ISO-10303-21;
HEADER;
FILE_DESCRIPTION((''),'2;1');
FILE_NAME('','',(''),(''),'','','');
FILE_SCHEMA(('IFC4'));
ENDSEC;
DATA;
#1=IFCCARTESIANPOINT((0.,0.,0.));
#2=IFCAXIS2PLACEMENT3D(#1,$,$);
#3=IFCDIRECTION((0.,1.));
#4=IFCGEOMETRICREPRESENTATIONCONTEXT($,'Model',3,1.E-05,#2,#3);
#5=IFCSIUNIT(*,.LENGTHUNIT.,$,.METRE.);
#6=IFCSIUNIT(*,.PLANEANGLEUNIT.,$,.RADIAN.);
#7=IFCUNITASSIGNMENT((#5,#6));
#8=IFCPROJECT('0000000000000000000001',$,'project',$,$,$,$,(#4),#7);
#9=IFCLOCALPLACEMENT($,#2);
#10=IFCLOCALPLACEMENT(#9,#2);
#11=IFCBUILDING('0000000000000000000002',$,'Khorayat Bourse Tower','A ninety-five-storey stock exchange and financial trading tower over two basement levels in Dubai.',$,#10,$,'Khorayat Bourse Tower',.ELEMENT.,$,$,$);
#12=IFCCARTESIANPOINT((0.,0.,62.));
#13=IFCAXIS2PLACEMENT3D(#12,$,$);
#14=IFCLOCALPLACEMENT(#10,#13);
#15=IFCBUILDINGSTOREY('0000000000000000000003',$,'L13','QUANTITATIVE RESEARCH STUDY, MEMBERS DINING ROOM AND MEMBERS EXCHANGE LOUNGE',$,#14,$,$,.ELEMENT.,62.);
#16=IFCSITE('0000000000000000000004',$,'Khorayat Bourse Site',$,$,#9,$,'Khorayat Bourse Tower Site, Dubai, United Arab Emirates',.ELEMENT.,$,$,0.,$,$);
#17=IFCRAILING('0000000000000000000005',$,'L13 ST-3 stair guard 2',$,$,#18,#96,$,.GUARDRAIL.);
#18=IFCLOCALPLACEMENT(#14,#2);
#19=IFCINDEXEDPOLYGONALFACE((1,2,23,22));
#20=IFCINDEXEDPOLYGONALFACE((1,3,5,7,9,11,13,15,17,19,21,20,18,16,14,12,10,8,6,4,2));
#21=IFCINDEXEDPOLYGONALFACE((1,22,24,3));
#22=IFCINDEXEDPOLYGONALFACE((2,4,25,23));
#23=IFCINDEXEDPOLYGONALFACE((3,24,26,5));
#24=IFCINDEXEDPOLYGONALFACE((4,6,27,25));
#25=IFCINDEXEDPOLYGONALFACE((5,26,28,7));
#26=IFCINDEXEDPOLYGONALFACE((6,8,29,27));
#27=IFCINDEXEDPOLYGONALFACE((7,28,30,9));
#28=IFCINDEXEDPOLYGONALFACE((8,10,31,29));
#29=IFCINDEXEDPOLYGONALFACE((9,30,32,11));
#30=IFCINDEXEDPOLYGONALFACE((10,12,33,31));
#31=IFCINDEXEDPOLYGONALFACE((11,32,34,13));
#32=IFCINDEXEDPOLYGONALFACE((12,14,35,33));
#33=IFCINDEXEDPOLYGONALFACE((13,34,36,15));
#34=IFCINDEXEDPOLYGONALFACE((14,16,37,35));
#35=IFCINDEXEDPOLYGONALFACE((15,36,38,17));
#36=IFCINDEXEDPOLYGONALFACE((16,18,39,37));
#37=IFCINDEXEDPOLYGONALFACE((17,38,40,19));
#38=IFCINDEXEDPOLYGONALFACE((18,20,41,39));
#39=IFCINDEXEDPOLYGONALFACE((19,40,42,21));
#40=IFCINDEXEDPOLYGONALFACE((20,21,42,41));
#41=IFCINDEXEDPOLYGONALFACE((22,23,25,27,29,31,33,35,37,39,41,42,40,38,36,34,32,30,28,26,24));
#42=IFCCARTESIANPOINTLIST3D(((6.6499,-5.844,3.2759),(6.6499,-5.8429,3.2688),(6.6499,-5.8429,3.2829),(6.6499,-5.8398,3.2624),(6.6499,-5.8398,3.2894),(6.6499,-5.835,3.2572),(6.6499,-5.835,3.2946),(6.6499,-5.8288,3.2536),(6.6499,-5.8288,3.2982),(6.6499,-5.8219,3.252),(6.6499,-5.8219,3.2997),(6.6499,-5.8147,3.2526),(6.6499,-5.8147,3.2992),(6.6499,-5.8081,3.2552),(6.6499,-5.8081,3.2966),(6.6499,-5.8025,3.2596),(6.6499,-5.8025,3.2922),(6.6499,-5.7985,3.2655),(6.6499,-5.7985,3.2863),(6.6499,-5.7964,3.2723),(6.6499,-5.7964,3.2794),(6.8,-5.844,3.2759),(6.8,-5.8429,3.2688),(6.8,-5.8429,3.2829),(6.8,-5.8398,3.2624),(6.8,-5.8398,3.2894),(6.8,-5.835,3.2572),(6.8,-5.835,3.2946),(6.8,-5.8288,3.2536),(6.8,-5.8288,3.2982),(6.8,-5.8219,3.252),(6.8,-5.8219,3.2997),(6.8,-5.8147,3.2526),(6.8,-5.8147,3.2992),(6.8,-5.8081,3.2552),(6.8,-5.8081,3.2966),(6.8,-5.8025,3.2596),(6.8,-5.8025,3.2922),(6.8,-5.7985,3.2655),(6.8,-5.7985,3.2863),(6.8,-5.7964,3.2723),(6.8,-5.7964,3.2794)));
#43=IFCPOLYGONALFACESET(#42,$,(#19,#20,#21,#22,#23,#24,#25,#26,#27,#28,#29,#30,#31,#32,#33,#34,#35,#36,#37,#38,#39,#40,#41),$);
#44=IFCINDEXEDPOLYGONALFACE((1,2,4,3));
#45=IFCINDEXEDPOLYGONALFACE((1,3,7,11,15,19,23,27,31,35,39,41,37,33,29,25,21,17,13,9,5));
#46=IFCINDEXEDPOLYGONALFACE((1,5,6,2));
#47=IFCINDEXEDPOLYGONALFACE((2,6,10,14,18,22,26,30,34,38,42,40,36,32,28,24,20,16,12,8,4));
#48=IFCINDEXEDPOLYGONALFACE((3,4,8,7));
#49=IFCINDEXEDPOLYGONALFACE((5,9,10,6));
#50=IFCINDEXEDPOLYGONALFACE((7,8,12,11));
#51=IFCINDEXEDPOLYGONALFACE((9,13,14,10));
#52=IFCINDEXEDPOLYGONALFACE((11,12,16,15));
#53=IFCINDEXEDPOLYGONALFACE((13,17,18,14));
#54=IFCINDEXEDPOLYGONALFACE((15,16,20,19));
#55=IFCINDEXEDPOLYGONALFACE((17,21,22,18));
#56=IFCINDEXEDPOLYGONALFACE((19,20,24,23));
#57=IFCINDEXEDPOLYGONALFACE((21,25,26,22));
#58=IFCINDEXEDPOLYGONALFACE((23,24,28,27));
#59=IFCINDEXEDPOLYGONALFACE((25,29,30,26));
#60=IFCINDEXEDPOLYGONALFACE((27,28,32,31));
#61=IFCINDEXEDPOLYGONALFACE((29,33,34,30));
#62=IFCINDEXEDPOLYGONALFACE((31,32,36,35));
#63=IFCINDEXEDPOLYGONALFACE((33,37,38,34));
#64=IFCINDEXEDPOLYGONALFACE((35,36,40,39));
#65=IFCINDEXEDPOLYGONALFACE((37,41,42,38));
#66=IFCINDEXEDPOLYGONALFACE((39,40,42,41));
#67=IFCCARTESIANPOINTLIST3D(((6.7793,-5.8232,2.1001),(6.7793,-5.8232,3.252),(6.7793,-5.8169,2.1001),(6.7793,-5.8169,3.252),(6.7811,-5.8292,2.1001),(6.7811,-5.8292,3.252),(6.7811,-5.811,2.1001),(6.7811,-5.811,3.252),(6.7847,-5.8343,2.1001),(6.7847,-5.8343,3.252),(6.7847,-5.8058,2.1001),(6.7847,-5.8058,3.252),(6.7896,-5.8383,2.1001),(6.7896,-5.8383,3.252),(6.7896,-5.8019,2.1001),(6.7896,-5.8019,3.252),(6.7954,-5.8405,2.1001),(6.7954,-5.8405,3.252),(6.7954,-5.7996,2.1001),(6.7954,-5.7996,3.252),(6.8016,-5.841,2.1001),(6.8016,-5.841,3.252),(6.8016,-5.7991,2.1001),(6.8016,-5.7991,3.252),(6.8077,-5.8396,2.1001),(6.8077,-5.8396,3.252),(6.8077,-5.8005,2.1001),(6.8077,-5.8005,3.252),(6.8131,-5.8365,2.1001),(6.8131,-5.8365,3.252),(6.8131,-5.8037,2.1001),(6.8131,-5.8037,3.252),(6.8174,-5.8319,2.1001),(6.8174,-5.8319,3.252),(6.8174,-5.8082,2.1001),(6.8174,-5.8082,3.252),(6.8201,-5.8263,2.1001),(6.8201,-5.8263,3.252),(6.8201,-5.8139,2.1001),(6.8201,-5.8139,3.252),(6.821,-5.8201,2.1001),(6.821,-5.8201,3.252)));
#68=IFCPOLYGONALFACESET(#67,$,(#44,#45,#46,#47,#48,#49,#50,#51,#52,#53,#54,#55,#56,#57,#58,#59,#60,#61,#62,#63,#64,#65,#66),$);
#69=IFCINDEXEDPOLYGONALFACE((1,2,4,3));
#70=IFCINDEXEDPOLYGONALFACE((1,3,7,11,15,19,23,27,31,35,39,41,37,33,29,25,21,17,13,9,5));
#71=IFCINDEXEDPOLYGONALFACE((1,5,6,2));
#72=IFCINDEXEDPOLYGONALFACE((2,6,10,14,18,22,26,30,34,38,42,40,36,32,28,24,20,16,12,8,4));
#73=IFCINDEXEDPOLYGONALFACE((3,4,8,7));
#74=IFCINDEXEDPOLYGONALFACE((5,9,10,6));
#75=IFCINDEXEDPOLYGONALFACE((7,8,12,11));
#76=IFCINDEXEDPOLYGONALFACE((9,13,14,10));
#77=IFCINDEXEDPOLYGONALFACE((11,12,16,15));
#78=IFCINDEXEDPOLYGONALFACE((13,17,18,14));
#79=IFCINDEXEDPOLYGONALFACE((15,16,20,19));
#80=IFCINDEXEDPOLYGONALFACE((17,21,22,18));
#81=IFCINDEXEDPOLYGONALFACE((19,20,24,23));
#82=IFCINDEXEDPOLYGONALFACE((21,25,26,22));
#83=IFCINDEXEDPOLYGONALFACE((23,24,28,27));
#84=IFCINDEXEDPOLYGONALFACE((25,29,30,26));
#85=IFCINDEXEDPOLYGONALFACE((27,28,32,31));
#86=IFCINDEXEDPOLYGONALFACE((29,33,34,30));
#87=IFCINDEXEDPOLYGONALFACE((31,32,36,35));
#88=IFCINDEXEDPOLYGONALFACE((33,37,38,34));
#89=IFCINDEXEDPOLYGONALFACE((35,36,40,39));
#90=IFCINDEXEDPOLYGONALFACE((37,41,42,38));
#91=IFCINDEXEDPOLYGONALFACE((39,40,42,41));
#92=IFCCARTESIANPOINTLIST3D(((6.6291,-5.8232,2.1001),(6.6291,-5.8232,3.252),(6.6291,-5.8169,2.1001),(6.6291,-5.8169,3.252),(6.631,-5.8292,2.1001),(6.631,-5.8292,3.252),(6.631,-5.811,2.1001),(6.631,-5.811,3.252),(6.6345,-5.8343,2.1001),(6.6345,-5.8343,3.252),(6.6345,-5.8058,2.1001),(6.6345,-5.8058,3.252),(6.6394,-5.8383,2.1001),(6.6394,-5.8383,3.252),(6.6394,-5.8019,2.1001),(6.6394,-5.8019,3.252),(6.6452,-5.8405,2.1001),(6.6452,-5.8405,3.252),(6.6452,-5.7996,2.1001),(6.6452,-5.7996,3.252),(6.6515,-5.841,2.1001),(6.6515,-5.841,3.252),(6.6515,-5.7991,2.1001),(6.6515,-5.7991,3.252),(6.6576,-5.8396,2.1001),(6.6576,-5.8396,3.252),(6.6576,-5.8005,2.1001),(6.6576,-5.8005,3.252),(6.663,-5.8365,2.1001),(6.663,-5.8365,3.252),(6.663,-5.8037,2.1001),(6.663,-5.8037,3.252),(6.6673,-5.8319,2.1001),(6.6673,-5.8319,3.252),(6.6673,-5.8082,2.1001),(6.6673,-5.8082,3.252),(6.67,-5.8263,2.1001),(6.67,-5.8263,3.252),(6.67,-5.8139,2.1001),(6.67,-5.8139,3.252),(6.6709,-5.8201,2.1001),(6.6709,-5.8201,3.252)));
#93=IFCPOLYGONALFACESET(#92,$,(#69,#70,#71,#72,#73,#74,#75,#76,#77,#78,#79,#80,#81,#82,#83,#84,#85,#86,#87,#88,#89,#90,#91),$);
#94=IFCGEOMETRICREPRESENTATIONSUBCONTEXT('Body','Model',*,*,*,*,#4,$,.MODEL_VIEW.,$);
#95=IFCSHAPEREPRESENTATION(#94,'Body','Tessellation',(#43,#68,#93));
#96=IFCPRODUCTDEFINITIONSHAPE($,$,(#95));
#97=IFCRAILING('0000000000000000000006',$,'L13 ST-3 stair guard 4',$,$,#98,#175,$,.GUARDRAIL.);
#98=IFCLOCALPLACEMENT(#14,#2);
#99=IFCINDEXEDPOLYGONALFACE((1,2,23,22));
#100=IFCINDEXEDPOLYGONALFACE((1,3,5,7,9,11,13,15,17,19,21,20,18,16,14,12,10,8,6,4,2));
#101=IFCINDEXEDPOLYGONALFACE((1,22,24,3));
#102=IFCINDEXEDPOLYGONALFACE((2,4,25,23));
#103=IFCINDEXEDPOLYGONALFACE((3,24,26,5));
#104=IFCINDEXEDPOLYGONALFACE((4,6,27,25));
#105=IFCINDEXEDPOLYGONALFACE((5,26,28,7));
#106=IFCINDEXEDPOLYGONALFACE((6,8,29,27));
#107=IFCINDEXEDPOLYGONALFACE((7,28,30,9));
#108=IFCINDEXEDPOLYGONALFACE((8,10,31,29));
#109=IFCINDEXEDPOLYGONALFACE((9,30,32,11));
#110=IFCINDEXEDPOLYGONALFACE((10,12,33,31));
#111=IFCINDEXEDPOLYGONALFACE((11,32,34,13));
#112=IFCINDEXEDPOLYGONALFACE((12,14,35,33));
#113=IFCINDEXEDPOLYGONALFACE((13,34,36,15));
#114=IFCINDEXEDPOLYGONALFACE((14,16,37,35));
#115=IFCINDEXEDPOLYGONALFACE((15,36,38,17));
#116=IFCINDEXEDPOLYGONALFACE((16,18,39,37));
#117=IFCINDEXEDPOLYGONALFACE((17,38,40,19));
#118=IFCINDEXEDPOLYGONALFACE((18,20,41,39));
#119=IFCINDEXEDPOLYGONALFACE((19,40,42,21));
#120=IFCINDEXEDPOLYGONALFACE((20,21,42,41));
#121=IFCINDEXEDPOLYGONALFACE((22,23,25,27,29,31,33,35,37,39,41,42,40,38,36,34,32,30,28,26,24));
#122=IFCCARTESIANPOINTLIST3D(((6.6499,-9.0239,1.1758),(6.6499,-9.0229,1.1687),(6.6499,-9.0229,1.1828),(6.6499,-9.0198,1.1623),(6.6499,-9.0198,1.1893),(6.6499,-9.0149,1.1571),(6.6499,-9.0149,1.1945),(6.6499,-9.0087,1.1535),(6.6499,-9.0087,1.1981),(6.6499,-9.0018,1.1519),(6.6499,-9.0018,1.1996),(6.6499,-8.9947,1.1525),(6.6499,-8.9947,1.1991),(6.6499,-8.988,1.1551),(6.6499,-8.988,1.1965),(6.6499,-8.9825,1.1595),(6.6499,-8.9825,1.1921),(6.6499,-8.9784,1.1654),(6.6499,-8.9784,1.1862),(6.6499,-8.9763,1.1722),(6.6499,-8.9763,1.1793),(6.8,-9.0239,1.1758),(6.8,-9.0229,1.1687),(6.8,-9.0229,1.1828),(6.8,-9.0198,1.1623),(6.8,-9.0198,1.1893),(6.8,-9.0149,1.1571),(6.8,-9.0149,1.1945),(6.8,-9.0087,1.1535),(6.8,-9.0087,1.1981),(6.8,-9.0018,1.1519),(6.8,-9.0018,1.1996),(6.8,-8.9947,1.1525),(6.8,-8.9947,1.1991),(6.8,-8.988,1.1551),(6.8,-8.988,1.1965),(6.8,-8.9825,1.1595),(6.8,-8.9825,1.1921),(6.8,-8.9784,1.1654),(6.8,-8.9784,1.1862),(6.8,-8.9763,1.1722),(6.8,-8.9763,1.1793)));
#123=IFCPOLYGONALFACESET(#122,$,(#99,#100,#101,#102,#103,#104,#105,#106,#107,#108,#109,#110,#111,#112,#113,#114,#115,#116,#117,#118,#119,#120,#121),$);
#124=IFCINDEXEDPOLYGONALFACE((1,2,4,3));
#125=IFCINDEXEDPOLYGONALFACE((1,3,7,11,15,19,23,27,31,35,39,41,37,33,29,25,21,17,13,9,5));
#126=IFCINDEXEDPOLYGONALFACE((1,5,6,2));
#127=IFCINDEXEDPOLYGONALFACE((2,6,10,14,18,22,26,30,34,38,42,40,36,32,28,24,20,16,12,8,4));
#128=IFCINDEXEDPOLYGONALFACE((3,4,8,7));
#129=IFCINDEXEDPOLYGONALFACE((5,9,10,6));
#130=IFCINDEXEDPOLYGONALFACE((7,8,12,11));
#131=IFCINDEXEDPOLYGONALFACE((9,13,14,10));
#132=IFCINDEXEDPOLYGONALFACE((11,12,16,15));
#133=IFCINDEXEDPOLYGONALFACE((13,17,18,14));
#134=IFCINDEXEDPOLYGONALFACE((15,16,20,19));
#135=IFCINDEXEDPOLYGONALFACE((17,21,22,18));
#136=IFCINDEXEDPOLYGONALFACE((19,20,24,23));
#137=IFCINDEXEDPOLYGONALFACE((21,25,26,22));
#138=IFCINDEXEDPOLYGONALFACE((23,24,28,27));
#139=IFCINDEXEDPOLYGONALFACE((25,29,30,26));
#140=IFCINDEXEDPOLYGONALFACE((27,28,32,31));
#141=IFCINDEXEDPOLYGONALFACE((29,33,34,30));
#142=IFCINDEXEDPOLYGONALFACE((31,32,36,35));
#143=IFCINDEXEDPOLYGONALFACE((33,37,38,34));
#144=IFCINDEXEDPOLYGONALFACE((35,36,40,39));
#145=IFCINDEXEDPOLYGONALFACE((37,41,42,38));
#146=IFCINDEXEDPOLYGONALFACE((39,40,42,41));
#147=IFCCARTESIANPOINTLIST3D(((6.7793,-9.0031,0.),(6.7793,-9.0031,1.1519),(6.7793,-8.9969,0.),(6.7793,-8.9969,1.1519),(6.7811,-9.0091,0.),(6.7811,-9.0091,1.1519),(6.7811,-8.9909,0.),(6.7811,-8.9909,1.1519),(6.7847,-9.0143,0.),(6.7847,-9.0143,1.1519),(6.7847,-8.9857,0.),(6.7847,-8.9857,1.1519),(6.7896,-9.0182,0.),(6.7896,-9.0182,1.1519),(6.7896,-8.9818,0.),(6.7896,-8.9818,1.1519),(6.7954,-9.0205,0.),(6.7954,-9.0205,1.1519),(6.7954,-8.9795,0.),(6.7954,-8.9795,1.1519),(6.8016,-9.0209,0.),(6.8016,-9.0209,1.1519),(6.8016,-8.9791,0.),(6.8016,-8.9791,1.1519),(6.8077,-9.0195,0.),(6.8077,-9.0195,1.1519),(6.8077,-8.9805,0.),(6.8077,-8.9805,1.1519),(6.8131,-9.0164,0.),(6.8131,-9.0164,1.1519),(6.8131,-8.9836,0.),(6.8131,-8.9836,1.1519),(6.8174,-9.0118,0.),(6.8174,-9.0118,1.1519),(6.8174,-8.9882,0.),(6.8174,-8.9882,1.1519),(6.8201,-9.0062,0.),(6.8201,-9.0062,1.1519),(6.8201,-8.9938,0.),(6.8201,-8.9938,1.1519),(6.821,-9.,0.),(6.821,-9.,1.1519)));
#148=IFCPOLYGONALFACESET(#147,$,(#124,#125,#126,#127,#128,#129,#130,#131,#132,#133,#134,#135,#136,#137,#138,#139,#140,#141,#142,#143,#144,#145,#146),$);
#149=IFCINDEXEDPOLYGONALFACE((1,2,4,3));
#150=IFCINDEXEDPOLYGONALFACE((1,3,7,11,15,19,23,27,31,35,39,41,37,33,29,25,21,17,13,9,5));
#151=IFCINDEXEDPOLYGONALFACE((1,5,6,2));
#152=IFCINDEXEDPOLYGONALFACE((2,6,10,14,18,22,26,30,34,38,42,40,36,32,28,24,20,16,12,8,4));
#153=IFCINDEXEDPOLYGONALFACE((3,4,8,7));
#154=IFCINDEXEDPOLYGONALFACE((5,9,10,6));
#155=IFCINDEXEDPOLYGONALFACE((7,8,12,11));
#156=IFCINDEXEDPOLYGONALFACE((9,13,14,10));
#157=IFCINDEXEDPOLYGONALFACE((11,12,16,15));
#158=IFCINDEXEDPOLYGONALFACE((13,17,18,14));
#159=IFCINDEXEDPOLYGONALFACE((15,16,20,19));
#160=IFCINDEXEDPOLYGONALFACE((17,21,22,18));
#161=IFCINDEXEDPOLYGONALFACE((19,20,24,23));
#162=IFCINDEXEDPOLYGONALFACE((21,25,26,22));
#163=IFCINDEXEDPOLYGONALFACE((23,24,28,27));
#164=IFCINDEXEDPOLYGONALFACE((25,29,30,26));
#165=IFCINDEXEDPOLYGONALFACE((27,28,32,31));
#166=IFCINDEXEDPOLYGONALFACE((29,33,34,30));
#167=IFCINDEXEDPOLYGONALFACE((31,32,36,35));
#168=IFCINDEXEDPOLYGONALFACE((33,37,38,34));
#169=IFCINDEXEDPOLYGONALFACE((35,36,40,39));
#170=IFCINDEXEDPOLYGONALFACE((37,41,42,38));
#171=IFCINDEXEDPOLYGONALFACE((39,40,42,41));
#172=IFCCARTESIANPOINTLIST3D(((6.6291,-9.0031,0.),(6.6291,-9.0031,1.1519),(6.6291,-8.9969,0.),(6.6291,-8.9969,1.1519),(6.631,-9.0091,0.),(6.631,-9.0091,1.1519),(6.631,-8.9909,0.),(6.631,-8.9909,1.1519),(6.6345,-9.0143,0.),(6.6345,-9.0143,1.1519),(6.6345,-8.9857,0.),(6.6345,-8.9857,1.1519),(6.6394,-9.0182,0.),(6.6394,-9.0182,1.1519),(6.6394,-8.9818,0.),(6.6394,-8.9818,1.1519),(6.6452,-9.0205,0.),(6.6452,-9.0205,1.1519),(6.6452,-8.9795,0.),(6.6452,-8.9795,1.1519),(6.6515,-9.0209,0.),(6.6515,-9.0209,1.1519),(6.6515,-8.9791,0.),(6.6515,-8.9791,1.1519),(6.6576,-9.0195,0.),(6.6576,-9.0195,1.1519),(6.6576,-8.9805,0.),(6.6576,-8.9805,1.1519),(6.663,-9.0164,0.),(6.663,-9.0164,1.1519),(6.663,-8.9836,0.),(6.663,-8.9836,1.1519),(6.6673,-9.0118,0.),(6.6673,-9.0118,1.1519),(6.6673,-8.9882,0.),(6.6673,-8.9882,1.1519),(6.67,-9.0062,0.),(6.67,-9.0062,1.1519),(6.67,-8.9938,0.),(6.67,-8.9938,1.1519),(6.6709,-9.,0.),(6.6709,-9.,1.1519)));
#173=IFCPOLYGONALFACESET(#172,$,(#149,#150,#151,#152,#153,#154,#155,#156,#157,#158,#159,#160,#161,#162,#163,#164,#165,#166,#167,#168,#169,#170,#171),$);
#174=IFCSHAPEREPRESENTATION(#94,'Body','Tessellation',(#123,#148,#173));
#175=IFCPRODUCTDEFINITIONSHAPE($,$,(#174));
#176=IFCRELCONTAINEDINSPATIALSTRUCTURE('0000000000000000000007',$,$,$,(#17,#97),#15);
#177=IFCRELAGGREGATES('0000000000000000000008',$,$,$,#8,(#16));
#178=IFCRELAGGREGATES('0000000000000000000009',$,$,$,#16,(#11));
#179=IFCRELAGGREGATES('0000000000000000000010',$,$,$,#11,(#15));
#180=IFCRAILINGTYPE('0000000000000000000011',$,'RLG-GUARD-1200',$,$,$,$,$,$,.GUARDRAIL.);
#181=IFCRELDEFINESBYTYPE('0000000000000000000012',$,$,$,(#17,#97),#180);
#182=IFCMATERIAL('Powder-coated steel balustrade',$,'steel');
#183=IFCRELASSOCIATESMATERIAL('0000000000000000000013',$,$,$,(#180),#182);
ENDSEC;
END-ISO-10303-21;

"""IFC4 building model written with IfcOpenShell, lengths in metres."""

from ifc_helpers import new_model, si_unit, direction, frame, origin, origin_2d, place, context, subcontext, project, spatial, circle, extrude, source, transform, mapped, material, type_object, element, save


model = new_model("IFC4")

# Units and contexts
model_context = context("Model", 3, precision=1e-05, world=origin(), true_north=direction((0.0, 1.0)))
body_context = subcontext(model_context, "Body", "Model", "MODEL_VIEW")
ifc_project = project(units=[si_unit("LENGTHUNIT", "METRE"), si_unit("PLANEANGLEUNIT", "RADIAN")], contexts=[model_context])

# Site, building, storey
site_placement = place(None, origin())
site = spatial("IfcSite", under=ifc_project, at=site_placement, Name="Khorayat Bourse Site", LongName="Khorayat Bourse Tower Site, Dubai, United Arab Emirates", CompositionType="ELEMENT", RefElevation=0.0)
building_placement = place(site_placement, origin())
building = spatial("IfcBuilding", under=site, at=building_placement, Name="Khorayat Bourse Tower", Description="A ninety-five-storey stock exchange and financial trading tower over two basement levels in Dubai.", LongName="Khorayat Bourse Tower", CompositionType="ELEMENT")
storey_placement = place(building_placement, frame((0.0, 0.0, 62.0)))
storey = spatial("IfcBuildingStorey", under=building, at=storey_placement, Name="L13", Description="QUANTITATIVE RESEARCH STUDY, MEMBERS DINING ROOM AND MEMBERS EXCHANGE LOUNGE", CompositionType="ELEMENT", Elevation=62.0)

# Railings
ifc_material_1 = material(Name="Powder-coated steel balustrade", Category="steel")
railing_type_1 = type_object("IfcRailingType", Name="RLG-GUARD-1200", PredefinedType="GUARDRAIL", material=ifc_material_1)
shared_shape_1 = source(origin(), body_context, "Body", "SweptSolid", [
    extrude(circle(Radius=0.0239, at=origin_2d()), frame((0.0, 0.0, 1.1758), z_axis=(-1.0, 0.0, 0.0), x_axis=(0.0, -1.0, 0.0)), (0.0, 0.0, 1.0), 0.1501),
    extrude(circle(Radius=0.021, at=origin_2d()), origin(), (0.0, 0.0, 1.0), 1.1519),
    extrude(circle(Radius=0.021, at=origin_2d()), frame((-0.1501, 0.0, 0.0)), (0.0, 0.0, 1.0), 1.1519),
])
for number, where, name in (
    (1, (6.8, -5.8201, 2.1001), "L13 ST-3 stair guard 2"),
    (2, (6.8, -9.0, 0.0), "L13 ST-3 stair guard 4"),
):
    element("IfcRailing", number, at=place(storey_placement, frame(where)), inside=storey, type_object=railing_type_1, Name=name, PredefinedType="GUARDRAIL", context=body_context, shape_type="MappedRepresentation", body=[
        mapped(shared_shape_1, transform((0.0, 0.0, 0.0), scale=1.0)),
    ])

save(model, "model.ifc")
